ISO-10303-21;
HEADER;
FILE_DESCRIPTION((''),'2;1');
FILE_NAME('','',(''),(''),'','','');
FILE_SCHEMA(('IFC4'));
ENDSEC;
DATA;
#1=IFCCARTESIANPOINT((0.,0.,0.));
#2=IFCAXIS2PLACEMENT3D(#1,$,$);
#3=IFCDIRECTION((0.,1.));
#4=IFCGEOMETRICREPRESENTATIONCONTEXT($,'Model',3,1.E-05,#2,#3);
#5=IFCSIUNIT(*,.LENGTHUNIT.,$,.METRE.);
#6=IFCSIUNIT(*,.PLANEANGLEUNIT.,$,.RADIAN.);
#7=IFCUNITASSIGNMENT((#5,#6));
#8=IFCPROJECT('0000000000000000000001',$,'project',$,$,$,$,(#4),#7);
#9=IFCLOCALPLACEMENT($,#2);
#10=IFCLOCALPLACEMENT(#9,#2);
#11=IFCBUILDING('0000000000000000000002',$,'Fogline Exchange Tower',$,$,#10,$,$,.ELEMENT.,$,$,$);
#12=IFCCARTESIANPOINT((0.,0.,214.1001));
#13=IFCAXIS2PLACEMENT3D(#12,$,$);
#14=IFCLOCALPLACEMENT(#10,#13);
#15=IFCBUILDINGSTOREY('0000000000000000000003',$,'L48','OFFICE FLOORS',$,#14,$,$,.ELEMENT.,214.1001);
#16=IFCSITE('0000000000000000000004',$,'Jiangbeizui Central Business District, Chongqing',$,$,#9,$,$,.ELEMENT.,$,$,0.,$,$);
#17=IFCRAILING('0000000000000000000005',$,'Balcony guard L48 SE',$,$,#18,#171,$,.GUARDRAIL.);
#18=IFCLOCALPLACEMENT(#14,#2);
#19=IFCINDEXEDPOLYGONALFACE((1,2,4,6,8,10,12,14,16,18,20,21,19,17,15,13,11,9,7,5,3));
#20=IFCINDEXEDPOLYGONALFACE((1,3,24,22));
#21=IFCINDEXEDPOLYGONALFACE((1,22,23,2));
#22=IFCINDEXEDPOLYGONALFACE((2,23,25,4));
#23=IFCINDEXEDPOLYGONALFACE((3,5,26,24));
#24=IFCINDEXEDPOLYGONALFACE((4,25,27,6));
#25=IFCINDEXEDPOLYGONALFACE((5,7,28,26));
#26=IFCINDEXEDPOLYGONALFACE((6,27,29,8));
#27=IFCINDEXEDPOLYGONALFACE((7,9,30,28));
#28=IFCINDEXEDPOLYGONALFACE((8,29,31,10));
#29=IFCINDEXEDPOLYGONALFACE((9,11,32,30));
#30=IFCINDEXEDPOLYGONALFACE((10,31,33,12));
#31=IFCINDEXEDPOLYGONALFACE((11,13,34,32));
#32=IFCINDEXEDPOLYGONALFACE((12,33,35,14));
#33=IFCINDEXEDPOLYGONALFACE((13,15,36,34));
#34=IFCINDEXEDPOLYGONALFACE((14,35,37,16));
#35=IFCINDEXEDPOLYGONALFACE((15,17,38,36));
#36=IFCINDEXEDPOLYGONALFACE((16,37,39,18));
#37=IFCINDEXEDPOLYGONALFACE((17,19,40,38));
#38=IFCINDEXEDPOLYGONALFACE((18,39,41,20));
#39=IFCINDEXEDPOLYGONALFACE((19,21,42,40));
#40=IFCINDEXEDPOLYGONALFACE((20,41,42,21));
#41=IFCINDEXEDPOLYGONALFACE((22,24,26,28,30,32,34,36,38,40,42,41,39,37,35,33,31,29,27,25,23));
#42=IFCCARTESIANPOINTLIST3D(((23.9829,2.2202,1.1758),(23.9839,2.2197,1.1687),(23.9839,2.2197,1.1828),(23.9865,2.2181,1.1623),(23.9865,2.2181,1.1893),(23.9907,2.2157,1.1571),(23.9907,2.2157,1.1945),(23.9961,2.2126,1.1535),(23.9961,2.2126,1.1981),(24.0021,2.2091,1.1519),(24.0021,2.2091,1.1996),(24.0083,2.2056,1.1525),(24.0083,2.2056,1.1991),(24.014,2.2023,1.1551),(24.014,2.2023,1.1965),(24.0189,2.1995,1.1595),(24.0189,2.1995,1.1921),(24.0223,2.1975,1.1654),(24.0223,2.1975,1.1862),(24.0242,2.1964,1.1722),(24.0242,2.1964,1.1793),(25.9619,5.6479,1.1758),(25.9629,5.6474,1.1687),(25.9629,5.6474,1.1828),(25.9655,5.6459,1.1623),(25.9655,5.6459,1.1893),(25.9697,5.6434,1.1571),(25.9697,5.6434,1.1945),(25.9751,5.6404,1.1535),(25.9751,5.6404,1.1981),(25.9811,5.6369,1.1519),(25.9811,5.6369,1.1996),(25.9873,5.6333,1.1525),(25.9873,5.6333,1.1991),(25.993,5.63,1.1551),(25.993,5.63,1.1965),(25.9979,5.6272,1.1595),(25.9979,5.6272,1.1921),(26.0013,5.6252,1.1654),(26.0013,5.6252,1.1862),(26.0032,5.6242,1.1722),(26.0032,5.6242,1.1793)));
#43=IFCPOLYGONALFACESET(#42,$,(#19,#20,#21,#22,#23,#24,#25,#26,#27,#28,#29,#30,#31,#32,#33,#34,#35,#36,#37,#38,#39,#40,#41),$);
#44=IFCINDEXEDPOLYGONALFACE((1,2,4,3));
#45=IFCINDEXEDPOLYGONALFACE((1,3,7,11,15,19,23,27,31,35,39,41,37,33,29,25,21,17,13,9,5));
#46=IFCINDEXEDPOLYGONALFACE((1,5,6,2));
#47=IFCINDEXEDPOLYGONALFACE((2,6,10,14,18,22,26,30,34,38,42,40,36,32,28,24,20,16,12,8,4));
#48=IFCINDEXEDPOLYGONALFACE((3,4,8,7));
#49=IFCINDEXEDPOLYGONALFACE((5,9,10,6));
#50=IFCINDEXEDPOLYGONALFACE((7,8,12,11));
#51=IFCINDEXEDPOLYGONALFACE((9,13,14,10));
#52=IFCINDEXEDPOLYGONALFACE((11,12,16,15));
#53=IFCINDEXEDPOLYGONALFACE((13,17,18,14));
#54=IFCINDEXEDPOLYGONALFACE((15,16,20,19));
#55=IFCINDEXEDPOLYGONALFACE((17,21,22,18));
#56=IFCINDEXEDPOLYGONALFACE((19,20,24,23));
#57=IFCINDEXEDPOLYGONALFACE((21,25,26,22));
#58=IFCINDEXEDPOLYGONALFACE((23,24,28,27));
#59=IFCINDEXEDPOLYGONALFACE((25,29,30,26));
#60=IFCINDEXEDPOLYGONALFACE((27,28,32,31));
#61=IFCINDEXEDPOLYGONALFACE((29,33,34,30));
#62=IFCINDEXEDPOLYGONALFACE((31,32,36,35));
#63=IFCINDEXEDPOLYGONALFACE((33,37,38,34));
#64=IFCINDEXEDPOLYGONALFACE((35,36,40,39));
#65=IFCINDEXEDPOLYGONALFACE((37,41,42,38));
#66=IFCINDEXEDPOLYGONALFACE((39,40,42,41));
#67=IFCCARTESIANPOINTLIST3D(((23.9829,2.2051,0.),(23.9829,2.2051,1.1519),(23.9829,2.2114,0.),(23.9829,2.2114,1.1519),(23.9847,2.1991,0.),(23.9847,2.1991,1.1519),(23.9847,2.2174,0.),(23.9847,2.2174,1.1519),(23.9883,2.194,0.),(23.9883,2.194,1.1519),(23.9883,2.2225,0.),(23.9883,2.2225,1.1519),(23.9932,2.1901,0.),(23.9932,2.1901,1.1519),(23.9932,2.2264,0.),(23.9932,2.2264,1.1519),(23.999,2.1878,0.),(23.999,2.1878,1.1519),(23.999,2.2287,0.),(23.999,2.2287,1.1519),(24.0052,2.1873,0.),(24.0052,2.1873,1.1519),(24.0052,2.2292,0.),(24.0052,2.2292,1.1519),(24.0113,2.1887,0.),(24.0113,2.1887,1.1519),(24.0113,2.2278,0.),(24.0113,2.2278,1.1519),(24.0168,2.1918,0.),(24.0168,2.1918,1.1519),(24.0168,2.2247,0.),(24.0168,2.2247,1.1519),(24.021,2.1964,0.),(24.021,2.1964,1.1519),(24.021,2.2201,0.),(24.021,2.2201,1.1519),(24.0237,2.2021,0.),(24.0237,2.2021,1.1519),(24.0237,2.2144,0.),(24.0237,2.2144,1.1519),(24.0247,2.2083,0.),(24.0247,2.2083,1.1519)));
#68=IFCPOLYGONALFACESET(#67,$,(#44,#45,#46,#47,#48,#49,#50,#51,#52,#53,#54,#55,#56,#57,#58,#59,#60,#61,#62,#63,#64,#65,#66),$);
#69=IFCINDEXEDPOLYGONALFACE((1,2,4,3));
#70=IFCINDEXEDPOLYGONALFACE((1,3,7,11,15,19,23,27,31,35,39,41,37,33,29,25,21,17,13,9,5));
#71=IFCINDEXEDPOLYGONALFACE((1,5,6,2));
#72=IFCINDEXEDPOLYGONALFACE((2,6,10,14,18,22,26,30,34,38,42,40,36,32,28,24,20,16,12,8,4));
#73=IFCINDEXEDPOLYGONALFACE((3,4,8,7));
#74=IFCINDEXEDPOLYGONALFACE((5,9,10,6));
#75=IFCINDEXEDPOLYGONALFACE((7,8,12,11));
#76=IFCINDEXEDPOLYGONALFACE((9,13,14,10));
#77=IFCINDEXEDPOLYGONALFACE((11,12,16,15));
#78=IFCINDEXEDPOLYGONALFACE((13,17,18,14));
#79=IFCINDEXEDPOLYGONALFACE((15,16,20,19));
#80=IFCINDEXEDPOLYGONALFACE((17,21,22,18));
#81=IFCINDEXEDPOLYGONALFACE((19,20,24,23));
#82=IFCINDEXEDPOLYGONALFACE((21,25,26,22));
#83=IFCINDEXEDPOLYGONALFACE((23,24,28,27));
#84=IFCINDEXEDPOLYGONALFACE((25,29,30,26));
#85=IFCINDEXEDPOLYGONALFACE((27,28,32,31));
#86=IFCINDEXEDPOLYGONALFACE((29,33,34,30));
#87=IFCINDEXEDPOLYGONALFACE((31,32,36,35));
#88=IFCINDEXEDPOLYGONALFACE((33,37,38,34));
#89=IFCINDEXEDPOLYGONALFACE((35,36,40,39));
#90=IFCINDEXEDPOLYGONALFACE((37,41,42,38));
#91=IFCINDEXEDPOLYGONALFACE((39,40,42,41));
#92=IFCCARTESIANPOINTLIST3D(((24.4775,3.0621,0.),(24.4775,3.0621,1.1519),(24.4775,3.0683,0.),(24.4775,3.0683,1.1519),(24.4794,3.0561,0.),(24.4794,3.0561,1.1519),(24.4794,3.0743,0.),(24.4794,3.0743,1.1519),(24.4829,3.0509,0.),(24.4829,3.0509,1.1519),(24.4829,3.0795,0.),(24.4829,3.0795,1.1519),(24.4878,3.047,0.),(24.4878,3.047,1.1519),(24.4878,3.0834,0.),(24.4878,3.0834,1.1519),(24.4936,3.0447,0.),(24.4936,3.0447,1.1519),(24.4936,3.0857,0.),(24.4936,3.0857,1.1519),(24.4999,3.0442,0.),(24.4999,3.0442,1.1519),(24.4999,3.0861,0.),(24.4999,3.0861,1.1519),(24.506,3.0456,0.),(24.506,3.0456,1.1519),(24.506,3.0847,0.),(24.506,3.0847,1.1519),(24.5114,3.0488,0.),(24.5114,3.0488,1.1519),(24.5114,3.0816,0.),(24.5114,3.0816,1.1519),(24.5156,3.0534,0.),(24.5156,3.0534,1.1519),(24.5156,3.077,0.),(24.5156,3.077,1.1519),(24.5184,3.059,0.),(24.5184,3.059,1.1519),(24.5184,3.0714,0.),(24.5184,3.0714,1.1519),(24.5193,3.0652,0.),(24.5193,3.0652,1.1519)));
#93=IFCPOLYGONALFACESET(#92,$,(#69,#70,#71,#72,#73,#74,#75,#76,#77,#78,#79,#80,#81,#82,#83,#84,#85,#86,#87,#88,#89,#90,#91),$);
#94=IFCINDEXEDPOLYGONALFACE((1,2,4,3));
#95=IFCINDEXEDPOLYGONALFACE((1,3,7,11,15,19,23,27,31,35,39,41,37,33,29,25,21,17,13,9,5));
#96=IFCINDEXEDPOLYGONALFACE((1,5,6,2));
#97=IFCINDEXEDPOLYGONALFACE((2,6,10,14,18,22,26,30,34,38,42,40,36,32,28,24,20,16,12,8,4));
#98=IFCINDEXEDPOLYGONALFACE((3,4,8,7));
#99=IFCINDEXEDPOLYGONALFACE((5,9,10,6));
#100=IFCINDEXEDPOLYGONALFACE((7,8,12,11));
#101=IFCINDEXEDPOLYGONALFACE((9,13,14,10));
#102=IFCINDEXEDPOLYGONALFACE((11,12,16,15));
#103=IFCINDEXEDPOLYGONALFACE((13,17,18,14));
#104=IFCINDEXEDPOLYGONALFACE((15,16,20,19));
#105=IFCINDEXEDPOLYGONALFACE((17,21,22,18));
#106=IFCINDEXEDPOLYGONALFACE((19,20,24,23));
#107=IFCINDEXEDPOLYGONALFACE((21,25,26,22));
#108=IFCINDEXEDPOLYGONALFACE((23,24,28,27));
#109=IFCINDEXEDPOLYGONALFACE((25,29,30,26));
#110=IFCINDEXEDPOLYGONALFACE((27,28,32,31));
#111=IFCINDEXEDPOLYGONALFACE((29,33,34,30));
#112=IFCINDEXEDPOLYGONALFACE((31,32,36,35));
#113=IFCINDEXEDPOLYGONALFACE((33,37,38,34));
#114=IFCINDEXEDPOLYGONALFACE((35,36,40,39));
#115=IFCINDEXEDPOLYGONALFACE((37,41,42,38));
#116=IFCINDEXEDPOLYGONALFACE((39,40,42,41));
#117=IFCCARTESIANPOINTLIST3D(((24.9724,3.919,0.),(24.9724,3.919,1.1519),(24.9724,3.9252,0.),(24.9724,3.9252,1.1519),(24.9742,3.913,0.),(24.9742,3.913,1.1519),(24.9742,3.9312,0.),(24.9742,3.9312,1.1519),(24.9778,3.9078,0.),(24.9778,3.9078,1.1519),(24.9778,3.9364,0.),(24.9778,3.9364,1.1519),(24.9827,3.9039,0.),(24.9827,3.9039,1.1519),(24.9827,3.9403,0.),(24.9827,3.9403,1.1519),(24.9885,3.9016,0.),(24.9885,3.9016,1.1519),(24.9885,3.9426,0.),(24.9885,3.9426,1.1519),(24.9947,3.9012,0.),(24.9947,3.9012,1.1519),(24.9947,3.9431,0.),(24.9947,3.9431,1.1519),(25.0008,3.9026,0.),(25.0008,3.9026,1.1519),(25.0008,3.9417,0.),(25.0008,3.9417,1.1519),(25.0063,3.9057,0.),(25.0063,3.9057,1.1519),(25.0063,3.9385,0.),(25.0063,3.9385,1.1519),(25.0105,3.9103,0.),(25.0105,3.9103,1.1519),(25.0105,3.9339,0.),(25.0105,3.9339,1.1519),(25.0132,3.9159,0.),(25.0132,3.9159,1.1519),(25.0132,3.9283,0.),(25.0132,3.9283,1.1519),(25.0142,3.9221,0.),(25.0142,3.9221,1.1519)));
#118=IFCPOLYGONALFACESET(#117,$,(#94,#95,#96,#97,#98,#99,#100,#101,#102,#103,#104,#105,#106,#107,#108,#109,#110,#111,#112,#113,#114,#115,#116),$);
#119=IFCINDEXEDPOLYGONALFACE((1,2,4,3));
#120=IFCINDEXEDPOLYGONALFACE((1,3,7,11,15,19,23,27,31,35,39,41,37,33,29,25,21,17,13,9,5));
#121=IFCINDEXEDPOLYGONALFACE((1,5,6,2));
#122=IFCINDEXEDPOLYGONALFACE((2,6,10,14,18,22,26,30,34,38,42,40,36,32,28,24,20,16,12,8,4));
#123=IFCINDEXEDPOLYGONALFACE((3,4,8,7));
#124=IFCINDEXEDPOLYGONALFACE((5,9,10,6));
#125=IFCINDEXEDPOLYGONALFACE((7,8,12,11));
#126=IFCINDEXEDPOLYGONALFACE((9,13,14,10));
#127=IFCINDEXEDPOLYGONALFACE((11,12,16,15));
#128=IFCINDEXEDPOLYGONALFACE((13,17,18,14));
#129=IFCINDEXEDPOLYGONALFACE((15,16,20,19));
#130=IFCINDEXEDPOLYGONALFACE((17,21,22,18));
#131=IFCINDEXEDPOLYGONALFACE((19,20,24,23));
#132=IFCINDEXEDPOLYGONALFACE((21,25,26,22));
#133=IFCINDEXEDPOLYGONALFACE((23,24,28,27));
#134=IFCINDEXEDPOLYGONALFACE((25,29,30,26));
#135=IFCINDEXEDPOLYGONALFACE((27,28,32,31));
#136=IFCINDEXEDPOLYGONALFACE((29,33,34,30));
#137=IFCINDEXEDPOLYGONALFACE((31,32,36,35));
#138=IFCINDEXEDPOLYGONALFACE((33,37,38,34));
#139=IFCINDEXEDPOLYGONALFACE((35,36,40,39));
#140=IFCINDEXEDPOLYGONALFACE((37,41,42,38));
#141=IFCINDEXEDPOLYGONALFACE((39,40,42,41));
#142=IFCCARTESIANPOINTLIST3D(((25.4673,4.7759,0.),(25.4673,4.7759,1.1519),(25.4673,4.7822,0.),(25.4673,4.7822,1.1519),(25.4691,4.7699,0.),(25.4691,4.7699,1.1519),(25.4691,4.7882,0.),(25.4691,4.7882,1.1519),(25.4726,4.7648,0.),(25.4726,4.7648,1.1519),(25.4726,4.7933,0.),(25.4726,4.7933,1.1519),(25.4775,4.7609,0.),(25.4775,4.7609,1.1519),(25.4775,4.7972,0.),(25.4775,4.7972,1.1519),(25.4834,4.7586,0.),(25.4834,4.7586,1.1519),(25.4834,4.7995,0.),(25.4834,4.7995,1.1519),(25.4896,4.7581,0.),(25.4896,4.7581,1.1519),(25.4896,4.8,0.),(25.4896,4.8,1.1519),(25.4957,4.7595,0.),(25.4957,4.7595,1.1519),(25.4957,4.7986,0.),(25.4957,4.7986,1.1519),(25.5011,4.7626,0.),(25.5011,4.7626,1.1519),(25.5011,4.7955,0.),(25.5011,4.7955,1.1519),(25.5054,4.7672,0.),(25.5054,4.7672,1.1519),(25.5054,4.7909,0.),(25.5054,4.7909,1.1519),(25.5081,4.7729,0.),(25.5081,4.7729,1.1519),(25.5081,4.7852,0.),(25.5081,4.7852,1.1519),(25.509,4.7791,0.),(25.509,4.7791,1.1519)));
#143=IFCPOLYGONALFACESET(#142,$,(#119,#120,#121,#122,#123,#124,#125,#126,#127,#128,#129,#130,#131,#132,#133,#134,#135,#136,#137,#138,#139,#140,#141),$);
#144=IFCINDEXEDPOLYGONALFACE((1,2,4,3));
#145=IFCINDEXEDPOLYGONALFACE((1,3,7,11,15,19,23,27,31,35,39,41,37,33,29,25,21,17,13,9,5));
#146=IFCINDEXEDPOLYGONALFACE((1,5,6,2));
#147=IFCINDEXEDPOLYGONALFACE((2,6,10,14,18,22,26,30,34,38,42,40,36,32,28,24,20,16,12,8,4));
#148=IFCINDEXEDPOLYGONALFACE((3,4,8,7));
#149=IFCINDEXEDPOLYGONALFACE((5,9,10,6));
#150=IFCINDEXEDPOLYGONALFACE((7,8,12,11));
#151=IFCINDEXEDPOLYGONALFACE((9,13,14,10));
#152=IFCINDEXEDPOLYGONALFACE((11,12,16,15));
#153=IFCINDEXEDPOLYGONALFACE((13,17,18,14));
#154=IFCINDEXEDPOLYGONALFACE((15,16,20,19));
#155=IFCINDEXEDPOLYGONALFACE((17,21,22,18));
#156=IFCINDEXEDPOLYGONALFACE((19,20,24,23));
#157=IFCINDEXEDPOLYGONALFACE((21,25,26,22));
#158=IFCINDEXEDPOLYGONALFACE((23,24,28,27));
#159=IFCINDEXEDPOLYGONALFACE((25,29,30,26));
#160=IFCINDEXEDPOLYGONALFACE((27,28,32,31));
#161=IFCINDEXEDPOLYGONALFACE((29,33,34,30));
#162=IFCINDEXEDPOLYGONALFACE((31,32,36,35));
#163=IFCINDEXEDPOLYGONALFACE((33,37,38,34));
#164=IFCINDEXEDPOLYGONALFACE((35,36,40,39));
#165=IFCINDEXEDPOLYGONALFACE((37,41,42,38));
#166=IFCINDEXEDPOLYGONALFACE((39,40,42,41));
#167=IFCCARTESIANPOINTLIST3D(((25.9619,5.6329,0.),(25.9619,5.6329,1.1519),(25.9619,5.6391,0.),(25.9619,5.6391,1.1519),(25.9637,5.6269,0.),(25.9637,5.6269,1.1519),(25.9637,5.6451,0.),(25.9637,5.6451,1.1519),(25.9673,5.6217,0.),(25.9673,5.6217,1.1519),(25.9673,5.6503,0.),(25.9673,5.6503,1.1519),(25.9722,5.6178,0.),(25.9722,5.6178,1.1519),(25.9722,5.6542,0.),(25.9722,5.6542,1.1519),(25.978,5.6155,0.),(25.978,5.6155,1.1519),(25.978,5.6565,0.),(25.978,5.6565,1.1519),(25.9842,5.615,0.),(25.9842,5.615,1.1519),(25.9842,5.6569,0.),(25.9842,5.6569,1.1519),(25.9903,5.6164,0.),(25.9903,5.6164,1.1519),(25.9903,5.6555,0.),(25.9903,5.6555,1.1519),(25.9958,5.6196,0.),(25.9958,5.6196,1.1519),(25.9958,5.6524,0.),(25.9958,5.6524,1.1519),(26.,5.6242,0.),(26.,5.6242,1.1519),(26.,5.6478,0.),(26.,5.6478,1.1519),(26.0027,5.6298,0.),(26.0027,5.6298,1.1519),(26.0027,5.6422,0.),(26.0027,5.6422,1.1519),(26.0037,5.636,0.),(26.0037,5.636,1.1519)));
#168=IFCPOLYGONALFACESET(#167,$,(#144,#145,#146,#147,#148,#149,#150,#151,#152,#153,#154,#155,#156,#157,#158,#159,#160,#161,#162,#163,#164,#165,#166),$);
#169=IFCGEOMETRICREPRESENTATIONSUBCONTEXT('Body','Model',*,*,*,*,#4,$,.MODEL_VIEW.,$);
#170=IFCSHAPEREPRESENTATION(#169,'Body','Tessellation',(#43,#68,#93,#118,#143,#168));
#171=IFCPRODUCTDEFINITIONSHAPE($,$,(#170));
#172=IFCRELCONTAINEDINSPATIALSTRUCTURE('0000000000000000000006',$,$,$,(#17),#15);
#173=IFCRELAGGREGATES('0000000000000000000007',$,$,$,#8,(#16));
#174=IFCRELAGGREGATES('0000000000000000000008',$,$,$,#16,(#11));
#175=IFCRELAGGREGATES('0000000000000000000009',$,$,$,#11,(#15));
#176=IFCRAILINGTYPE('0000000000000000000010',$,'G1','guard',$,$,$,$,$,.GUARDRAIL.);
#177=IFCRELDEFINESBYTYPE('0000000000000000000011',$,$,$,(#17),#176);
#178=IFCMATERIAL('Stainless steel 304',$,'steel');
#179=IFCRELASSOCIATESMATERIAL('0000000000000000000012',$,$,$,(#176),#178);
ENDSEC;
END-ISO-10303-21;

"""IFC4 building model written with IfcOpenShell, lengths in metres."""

from ifc_helpers import new_model, si_unit, direction, frame, origin, origin_2d, place, context, subcontext, project, spatial, circle, extrude, material, type_object, element, save


model = new_model("IFC4")

# Units and contexts
model_context = context("Model", 3, precision=1e-05, world=origin(), true_north=direction((0.0, 1.0)))
body_context = subcontext(model_context, "Body", "Model", "MODEL_VIEW")
ifc_project = project(units=[si_unit("LENGTHUNIT", "METRE"), si_unit("PLANEANGLEUNIT", "RADIAN")], contexts=[model_context])

# Site, building, storey
site_placement = place(None, origin())
site = spatial("IfcSite", under=ifc_project, at=site_placement, Name="Jiangbeizui Central Business District, Chongqing", CompositionType="ELEMENT", RefElevation=0.0)
building_placement = place(site_placement, origin())
building = spatial("IfcBuilding", under=site, at=building_placement, Name="Fogline Exchange Tower", CompositionType="ELEMENT")
storey_placement = place(building_placement, frame((0.0, 0.0, 214.1001)))
storey = spatial("IfcBuildingStorey", under=building, at=storey_placement, Name="L48", Description="OFFICE FLOORS", CompositionType="ELEMENT", Elevation=214.1001)

# Railing
ifc_material_1 = material(Name="Stainless steel 304", Category="steel")
railing_type = type_object("IfcRailingType", Name="G1", Description="guard", PredefinedType="GUARDRAIL", material=ifc_material_1)
railing_placement = place(storey_placement, frame((24.0037, 2.2083, 0.0)))
element("IfcRailing", 1, at=railing_placement, inside=storey, type_object=railing_type, Name="Balcony guard L48 SE", PredefinedType="GUARDRAIL", context=body_context, shape_type="SweptSolid", body=[
    extrude(circle(Radius=0.0239, at=origin_2d()), frame((0.0, 0.0, 1.1758), z_axis=(0.5, 0.866025, 0.0), x_axis=(-0.866025, 0.5, 0.0)), (0.0, 0.0, 1.0), 3.958),
    extrude(circle(Radius=0.021, at=origin_2d()), origin(), (0.0, 0.0, 1.0), 1.1519),
    extrude(circle(Radius=0.021, at=origin_2d()), frame((0.4946, 0.8569, 0.0)), (0.0, 0.0, 1.0), 1.1519),
    extrude(circle(Radius=0.021, at=origin_2d()), frame((0.9895, 1.7139, 0.0)), (0.0, 0.0, 1.0), 1.1519),
    extrude(circle(Radius=0.021, at=origin_2d()), frame((1.4844, 2.5708, 0.0)), (0.0, 0.0, 1.0), 1.1519),
    extrude(circle(Radius=0.021, at=origin_2d()), frame((1.979, 3.4277, 0.0)), (0.0, 0.0, 1.0), 1.1519),
])

save(model, "model.ifc")
